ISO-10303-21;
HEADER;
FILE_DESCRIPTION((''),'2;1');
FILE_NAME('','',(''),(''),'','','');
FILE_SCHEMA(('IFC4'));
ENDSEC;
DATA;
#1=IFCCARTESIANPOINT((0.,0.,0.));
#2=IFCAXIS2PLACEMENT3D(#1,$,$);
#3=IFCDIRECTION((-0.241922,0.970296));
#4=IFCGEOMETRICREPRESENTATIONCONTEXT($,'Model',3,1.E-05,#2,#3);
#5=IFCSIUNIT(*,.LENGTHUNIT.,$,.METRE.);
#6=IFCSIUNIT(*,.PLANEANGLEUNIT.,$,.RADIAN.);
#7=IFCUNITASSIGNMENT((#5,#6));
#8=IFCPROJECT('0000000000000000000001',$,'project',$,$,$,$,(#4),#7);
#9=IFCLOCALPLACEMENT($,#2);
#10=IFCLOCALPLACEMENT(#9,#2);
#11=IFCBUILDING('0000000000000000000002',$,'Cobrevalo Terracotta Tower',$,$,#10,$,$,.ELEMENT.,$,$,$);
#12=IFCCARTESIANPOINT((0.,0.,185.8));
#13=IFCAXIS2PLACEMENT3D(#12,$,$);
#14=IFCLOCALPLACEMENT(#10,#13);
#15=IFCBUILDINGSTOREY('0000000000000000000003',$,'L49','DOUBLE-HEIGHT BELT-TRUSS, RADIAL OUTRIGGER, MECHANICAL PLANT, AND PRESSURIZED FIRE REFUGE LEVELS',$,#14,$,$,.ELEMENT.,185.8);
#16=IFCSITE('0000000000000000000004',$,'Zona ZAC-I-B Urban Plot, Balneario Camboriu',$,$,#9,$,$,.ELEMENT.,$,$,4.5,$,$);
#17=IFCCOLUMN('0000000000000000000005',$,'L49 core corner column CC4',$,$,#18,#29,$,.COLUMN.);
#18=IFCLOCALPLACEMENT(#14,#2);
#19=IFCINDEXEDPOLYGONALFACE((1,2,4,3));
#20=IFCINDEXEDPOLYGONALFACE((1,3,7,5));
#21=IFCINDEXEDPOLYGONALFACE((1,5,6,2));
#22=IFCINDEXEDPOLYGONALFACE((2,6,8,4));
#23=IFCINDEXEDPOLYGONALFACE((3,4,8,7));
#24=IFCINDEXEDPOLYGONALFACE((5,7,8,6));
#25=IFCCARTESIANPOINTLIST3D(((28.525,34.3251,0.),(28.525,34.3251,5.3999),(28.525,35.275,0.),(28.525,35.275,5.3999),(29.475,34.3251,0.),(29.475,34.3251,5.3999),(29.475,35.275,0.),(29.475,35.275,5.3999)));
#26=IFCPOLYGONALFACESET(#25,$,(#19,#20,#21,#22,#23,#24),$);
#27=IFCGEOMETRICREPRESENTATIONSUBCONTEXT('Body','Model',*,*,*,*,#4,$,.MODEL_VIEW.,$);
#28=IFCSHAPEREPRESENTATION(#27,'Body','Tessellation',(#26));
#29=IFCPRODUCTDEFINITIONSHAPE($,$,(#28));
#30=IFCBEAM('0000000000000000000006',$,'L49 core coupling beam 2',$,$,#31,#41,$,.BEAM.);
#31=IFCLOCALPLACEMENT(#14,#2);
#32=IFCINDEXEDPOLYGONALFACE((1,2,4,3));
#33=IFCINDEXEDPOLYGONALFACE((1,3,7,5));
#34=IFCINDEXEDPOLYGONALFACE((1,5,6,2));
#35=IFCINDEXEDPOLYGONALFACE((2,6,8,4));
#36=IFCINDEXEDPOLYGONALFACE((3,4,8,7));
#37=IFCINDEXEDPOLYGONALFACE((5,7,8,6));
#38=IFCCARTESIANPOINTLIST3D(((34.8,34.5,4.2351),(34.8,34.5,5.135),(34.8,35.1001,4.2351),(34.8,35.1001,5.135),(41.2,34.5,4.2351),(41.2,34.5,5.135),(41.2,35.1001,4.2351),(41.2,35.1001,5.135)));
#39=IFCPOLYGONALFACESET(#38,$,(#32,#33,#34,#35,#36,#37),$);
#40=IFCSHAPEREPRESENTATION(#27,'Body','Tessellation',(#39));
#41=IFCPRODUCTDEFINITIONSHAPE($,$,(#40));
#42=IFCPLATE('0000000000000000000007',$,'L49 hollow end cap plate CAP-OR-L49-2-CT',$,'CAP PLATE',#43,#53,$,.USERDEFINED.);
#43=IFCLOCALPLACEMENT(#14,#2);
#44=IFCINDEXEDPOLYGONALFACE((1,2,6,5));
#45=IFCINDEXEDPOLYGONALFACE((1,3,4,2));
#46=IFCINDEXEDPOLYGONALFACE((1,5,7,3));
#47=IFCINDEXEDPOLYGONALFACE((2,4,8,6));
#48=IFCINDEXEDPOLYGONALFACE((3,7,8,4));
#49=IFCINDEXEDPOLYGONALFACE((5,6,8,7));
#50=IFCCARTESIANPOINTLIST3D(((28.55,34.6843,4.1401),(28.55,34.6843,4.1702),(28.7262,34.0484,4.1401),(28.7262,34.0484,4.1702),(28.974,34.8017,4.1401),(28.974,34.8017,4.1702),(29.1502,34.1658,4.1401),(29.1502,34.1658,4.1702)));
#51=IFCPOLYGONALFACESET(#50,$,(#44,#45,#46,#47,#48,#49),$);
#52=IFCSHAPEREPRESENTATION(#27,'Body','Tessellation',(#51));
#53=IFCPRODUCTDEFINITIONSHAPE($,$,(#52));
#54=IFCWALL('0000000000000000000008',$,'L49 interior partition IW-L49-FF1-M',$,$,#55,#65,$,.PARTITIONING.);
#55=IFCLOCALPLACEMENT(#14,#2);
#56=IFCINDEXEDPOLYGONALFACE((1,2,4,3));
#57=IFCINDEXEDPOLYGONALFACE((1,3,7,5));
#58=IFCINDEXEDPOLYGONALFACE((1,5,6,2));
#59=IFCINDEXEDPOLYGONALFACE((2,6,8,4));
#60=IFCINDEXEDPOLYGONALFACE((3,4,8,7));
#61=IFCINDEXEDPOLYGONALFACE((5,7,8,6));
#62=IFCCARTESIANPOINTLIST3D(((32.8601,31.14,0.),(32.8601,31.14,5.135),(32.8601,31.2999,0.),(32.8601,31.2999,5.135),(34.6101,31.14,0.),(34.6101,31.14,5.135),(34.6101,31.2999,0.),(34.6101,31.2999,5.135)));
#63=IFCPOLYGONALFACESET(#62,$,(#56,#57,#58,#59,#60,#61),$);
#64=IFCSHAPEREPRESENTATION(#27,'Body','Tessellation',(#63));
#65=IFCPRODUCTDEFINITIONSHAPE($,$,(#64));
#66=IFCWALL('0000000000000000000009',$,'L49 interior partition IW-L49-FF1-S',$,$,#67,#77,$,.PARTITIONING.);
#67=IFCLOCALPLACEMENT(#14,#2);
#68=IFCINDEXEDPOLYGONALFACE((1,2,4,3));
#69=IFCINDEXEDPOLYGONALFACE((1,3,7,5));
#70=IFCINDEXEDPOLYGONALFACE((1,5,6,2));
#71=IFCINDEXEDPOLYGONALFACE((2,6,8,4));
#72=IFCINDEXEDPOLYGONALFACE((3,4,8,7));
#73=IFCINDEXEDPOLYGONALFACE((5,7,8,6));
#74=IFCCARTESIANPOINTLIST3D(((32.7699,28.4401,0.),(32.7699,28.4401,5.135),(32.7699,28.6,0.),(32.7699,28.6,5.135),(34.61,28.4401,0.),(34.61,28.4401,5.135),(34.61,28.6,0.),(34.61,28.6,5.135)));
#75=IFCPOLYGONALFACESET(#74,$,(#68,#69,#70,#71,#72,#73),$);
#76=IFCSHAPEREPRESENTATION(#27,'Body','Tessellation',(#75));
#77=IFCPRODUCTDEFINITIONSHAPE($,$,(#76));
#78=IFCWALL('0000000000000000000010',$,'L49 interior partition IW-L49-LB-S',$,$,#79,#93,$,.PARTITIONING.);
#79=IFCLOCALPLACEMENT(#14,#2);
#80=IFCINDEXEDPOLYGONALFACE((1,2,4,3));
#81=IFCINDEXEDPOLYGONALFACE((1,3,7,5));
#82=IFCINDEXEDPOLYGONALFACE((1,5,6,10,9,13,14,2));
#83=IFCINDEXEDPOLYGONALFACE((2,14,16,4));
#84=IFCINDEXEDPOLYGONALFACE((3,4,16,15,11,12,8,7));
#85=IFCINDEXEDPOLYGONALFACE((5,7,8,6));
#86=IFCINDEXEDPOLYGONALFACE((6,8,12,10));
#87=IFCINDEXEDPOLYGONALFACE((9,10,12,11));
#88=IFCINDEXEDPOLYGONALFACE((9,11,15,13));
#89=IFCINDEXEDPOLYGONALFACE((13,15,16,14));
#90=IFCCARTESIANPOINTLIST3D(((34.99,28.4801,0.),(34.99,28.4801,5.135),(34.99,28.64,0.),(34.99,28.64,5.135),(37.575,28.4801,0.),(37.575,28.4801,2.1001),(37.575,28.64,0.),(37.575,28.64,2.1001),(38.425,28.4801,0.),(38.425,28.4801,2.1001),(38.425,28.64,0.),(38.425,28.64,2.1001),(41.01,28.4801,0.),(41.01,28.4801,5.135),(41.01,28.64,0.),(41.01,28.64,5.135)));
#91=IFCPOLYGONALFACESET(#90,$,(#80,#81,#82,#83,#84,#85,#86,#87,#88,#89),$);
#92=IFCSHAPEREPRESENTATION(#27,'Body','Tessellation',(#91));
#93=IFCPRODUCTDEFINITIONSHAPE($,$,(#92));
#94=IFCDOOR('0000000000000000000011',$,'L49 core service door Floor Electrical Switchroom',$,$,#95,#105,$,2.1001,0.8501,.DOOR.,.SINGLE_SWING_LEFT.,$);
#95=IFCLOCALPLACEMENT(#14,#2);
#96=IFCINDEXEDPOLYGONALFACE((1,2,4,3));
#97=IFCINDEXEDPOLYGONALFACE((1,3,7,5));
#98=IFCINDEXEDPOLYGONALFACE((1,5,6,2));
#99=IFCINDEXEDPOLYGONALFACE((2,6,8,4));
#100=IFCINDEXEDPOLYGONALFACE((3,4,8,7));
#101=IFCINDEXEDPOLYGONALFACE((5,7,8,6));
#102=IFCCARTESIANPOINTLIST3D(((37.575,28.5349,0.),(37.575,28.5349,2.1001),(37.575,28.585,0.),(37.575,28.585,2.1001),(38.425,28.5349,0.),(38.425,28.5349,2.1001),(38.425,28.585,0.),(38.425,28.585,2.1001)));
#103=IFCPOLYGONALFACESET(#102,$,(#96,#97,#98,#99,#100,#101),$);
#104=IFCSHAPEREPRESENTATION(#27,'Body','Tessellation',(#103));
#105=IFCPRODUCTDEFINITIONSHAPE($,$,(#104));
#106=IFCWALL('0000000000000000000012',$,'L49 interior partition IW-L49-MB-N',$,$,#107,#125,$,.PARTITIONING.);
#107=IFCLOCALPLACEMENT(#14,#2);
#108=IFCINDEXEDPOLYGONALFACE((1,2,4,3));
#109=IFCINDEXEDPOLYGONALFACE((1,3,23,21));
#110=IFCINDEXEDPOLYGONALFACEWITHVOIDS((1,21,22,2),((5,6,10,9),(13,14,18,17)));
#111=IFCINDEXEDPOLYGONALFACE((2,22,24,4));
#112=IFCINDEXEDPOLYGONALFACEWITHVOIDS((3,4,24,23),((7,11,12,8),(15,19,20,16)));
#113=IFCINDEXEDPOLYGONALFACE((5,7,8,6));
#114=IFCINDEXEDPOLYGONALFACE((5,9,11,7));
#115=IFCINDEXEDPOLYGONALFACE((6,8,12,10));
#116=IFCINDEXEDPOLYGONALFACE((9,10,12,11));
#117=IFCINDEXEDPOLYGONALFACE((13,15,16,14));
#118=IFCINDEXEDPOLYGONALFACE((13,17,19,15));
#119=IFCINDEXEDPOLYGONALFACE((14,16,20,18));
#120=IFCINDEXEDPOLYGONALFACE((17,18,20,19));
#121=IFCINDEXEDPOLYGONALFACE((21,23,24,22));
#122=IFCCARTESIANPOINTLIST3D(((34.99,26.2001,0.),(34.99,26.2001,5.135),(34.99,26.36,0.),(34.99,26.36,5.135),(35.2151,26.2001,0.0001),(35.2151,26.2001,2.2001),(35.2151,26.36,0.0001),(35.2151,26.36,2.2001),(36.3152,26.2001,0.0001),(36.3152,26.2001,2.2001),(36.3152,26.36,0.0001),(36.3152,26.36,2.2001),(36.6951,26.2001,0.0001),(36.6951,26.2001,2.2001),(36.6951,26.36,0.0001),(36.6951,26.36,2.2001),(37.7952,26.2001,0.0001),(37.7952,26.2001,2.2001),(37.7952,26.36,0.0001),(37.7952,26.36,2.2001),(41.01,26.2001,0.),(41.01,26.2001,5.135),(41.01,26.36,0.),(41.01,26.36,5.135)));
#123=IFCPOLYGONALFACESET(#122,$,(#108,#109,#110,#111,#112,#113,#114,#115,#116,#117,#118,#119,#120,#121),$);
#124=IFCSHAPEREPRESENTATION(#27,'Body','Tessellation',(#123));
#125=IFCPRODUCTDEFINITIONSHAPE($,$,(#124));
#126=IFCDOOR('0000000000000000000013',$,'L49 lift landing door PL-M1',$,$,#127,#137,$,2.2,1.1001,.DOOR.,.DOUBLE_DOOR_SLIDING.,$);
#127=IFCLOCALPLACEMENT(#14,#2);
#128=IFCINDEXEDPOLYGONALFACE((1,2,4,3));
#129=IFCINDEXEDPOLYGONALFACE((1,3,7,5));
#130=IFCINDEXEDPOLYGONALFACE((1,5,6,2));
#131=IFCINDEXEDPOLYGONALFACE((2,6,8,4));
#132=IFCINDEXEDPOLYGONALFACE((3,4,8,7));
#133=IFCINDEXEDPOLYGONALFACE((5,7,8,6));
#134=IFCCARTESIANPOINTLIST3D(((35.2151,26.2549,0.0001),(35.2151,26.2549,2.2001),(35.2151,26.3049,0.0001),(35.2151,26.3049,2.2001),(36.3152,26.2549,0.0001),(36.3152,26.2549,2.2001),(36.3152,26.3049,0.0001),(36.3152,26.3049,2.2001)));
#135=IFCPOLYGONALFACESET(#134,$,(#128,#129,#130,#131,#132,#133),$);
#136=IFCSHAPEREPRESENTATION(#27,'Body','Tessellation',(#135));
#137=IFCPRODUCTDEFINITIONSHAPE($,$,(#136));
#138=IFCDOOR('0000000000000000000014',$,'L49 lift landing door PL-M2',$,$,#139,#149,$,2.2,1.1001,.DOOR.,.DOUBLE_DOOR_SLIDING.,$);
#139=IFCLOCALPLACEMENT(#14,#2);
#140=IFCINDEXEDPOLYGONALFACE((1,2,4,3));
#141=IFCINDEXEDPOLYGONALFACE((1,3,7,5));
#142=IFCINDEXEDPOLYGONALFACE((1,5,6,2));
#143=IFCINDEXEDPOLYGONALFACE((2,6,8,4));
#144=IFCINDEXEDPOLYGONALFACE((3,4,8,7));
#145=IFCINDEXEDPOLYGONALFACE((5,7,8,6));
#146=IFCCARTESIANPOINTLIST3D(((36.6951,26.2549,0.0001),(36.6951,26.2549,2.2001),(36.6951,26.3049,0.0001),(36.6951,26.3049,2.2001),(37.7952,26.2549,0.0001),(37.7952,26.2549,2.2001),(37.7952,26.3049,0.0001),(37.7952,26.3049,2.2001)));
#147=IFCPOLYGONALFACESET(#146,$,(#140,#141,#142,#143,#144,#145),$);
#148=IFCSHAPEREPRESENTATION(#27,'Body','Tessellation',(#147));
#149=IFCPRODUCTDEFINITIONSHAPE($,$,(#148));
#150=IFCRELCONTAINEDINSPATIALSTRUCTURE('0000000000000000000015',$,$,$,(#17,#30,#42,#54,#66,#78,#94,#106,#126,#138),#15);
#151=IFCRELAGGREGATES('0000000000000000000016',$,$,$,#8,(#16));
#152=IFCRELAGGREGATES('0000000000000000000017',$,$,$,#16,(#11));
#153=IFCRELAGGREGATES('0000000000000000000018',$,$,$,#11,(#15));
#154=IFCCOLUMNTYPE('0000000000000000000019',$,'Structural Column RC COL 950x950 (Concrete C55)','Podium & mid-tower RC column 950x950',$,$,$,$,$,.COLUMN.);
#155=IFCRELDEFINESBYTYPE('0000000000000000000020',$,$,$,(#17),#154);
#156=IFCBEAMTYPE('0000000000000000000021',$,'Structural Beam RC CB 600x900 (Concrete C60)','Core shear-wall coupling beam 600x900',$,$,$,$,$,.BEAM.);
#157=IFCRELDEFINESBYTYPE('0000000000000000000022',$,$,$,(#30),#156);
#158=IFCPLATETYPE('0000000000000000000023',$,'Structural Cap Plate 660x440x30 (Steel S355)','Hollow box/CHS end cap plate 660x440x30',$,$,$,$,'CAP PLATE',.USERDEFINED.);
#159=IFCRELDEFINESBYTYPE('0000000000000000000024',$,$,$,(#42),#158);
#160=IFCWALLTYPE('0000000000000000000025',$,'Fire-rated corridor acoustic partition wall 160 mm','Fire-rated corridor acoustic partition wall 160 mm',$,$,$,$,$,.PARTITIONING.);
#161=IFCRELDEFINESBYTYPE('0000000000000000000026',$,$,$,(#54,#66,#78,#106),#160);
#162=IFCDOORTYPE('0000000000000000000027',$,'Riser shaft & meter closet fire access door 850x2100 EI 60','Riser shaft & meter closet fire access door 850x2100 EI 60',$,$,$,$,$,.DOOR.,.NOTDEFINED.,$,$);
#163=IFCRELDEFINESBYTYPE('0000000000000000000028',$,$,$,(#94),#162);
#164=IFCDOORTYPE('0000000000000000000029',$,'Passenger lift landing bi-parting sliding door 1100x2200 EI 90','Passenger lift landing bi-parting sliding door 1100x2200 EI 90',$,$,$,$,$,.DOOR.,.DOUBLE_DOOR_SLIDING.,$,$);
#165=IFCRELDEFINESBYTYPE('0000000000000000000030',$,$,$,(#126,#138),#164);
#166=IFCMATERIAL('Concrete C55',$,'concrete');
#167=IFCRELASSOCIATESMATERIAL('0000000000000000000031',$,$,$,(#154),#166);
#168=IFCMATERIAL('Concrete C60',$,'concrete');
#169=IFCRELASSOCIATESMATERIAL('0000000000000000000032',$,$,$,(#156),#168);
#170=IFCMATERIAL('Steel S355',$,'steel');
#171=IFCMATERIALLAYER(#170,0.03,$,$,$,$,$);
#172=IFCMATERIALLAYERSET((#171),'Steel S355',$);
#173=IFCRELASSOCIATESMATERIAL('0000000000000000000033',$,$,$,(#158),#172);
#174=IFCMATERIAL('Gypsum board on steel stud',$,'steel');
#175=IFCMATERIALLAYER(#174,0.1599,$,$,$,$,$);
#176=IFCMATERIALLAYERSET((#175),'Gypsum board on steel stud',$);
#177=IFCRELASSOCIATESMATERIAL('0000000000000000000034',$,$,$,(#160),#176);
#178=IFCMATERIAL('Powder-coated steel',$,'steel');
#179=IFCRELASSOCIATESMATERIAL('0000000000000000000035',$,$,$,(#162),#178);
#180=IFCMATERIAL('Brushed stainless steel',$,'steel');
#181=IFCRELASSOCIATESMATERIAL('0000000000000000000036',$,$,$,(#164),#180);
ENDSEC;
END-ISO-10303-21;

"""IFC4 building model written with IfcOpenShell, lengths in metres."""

from ifc_helpers import new_model, si_unit, direction, frame, frame_2d, origin, origin_2d, place, context, subcontext, project, spatial, rectangle, extrude, source, transform, mapped, material, layer, layer_set, material_profile, profile_set, type_object, element, fill, save


model = new_model("IFC4")

# Units and contexts
model_context = context("Model", 3, precision=1e-05, world=origin(), true_north=direction((-0.241922, 0.970296)))
body_context = subcontext(model_context, "Body", "Model", "MODEL_VIEW")
ifc_project = project(units=[si_unit("LENGTHUNIT", "METRE"), si_unit("PLANEANGLEUNIT", "RADIAN")], contexts=[model_context])

# Site, building, storey
site_placement = place(None, origin())
site = spatial("IfcSite", under=ifc_project, at=site_placement, Name="Zona ZAC-I-B Urban Plot, Balneario Camboriu", CompositionType="ELEMENT", RefElevation=4.5)
building_placement = place(site_placement, origin())
building = spatial("IfcBuilding", under=site, at=building_placement, Name="Cobrevalo Terracotta Tower", CompositionType="ELEMENT")
storey_placement = place(building_placement, frame((0.0, 0.0, 185.8)))
storey = spatial("IfcBuildingStorey", under=building, at=storey_placement, Name="L49", Description="DOUBLE-HEIGHT BELT-TRUSS, RADIAL OUTRIGGER, MECHANICAL PLANT, AND PRESSURIZED FIRE REFUGE LEVELS", CompositionType="ELEMENT", Elevation=185.8)

# Column
ifc_material_1 = material(Name="Concrete C55", Category="concrete")
ifc_material_profile_1 = material_profile(ifc_material_1, rectangle(XDim=0.95, YDim=0.95, at=origin_2d()), Name="RC COL 950x950")
ifc_profile_set_1 = profile_set([ifc_material_profile_1], Name="Concrete C55")
column_type = type_object("IfcColumnType", Name="Structural Column RC COL 950x950 (Concrete C55)", Description="Podium & mid-tower RC column 950x950", PredefinedType="COLUMN", material=ifc_profile_set_1)
column_placement = place(storey_placement, frame((29.0, 34.8, 0.0), z_axis=(0.0, 0.0, 1.0), x_axis=(1.0, 0.0, 0.0)))
element("IfcColumn", 1, at=column_placement, inside=storey, type_object=column_type, Name="L49 core corner column CC4", PredefinedType="COLUMN", context=body_context, shape_type="SweptSolid", body=[
    extrude(rectangle(XDim=0.95, YDim=0.95, at=origin_2d()), origin(), (0.0, 0.0, 1.0), 5.3999),
])

# Beam
ifc_material_2 = material(Name="Concrete C60", Category="concrete")
ifc_material_profile_2 = material_profile(ifc_material_2, rectangle(XDim=0.6001, YDim=0.8999, at=origin_2d()), Name="RC CB 600x900")
ifc_profile_set_2 = profile_set([ifc_material_profile_2], Name="Concrete C60")
beam_type = type_object("IfcBeamType", Name="Structural Beam RC CB 600x900 (Concrete C60)", Description="Core shear-wall coupling beam 600x900", PredefinedType="BEAM", material=ifc_profile_set_2)
beam_placement = place(storey_placement, frame((34.8, 34.8, 4.6851), z_axis=(1.0, 0.0, 0.0), x_axis=(0.0, 1.0, 0.0)))
element("IfcBeam", 2, at=beam_placement, inside=storey, type_object=beam_type, Name="L49 core coupling beam 2", PredefinedType="BEAM", context=body_context, shape_type="SweptSolid", body=[
    extrude(rectangle(XDim=0.6001, YDim=0.8999, at=origin_2d()), origin(), (0.0, 0.0, 1.0), 6.3999),
])

# Plate
ifc_material_3 = material(Name="Steel S355", Category="steel")
ifc_layer_1 = layer(ifc_material_3, 0.03)
ifc_layer_set_1 = layer_set([ifc_layer_1], Name="Steel S355")
plate_type = type_object("IfcPlateType", Name="Structural Cap Plate 660x440x30 (Steel S355)", Description="Hollow box/CHS end cap plate 660x440x30", ElementType="CAP PLATE", PredefinedType="USERDEFINED", material=ifc_layer_set_1)
shared_shape_1 = source(origin(), body_context, "Body", "SweptSolid", [
    extrude(rectangle(XDim=0.6599, YDim=0.4399, at=origin_2d()), origin(), (0.0, 0.0, 1.0), 0.03),
])
plate_placement = place(storey_placement, frame((28.8501, 34.425, 4.1401), z_axis=(0.0, 0.0, 1.0), x_axis=(-0.266904, 0.963723, 0.0)))
element("IfcPlate", 3, at=plate_placement, inside=storey, type_object=plate_type, Name="L49 hollow end cap plate CAP-OR-L49-2-CT", ObjectType="CAP PLATE", PredefinedType="USERDEFINED", context=body_context, shape_type="MappedRepresentation", body=[
    mapped(shared_shape_1, transform((0.0, 0.0, 0.0), scale=1.0)),
])

# Walls
ifc_material_4 = material(Name="Gypsum board on steel stud", Category="steel")
ifc_layer_2 = layer(ifc_material_4, 0.1599)
ifc_layer_set_2 = layer_set([ifc_layer_2], Name="Gypsum board on steel stud")
wall_type_1 = type_object("IfcWallType", Name="Fire-rated corridor acoustic partition wall 160 mm", Description="Fire-rated corridor acoustic partition wall 160 mm", PredefinedType="PARTITIONING", material=ifc_layer_set_2)
wall_1_placement = place(storey_placement, frame((32.8601, 31.22, 0.0), z_axis=(0.0, 0.0, 1.0), x_axis=(1.0, 0.0, 0.0)))
element("IfcWall", 4, at=wall_1_placement, inside=storey, type_object=wall_type_1, Name="L49 interior partition IW-L49-FF1-M", PredefinedType="PARTITIONING", context=body_context, shape_type="SweptSolid", body=[
    extrude(rectangle(XDim=1.75, YDim=0.1599, at=frame_2d((0.875, 0.0))), origin(), (0.0, 0.0, 1.0), 5.135),
])
wall_2_placement = place(storey_placement, frame((32.77, 28.52, 0.0), z_axis=(0.0, 0.0, 1.0), x_axis=(1.0, 0.0, 0.0)))
element("IfcWall", 5, at=wall_2_placement, inside=storey, type_object=wall_type_1, Name="L49 interior partition IW-L49-FF1-S", PredefinedType="PARTITIONING", context=body_context, shape_type="SweptSolid", body=[
    extrude(rectangle(XDim=1.8401, YDim=0.1599, at=frame_2d((0.9199, 0.0))), origin(), (0.0, 0.0, 1.0), 5.135),
])

# Wall, opening, door
wall_3_placement = place(storey_placement, frame((34.99, 28.5601, 0.0), z_axis=(0.0, 0.0, 1.0), x_axis=(1.0, 0.0, 0.0)))
wall_3 = element("IfcWall", 6, at=wall_3_placement, inside=storey, type_object=wall_type_1, Name="L49 interior partition IW-L49-LB-S", PredefinedType="PARTITIONING", context=body_context, shape_type="SweptSolid", body=[
    extrude(rectangle(XDim=6.02, YDim=0.1599, at=frame_2d((3.01, 0.0))), origin(), (0.0, 0.0, 1.0), 5.135),
])
opening_1_placement = place(wall_3_placement, frame((2.585, 0.0, 0.0)))
opening_1 = element("IfcOpeningElement", 7, at=opening_1_placement, cuts=wall_3, PredefinedType="OPENING", context=body_context, shape_type="SweptSolid", body=[
    extrude(rectangle(XDim=0.8501, YDim=2.1001, at=frame_2d((0.425, 1.05))), frame((0.0, 0.0898, 0.0), z_axis=(0.0, -1.0, 0.0), x_axis=(1.0, 0.0, 0.0)), (0.0, 0.0, 1.0), 0.1799),
])
ifc_material_5 = material(Name="Powder-coated steel", Category="steel")
door_type_1 = type_object("IfcDoorType", Name="Riser shaft & meter closet fire access door 850x2100 EI 60", Description="Riser shaft & meter closet fire access door 850x2100 EI 60", OperationType="NOTDEFINED", PredefinedType="DOOR", material=ifc_material_5)
shared_shape_2 = source(origin(), body_context, "Body", "SweptSolid", [
    extrude(rectangle(XDim=0.8501, YDim=2.1001, at=frame_2d((0.425, 1.05))), frame((0.0, 0.0249, 0.0), z_axis=(0.0, -1.0, 0.0), x_axis=(1.0, 0.0, 0.0)), (0.0, 0.0, 1.0), 0.05),
])
door_1_placement = place(opening_1_placement, origin())
door_1 = element("IfcDoor", 8, at=door_1_placement, inside=storey, type_object=door_type_1, Name="L49 core service door Floor Electrical Switchroom", OperationType="SINGLE_SWING_LEFT", OverallHeight=2.1001, OverallWidth=0.8501, PredefinedType="DOOR", context=body_context, shape_type="MappedRepresentation", body=[
    mapped(shared_shape_2, transform((0.0, 0.0, 0.0), scale=1.0)),
])
fill(opening_1, door_1)

# Wall, openings, doors
wall_4_placement = place(storey_placement, frame((34.99, 26.28, 0.0), z_axis=(0.0, 0.0, 1.0), x_axis=(1.0, 0.0, 0.0)))
wall_4 = element("IfcWall", 9, at=wall_4_placement, inside=storey, type_object=wall_type_1, Name="L49 interior partition IW-L49-MB-N", PredefinedType="PARTITIONING", context=body_context, shape_type="SweptSolid", body=[
    extrude(rectangle(XDim=6.02, YDim=0.1599, at=frame_2d((3.01, 0.0))), origin(), (0.0, 0.0, 1.0), 5.135),
])
opening_2_placement = place(wall_4_placement, frame((0.2251, 0.0, 0.0)))
opening_2 = element("IfcOpeningElement", 10, at=opening_2_placement, cuts=wall_4, PredefinedType="OPENING", context=body_context, shape_type="SweptSolid", body=[
    extrude(rectangle(XDim=1.1001, YDim=2.2, at=frame_2d((0.55, 1.1001))), frame((0.0, 0.0898, 0.0), z_axis=(0.0, -1.0, 0.0), x_axis=(1.0, 0.0, 0.0)), (0.0, 0.0, 1.0), 0.1799),
])
opening_3_placement = place(wall_4_placement, frame((1.7051, 0.0, 0.0)))
opening_3 = element("IfcOpeningElement", 11, at=opening_3_placement, cuts=wall_4, PredefinedType="OPENING", context=body_context, shape_type="SweptSolid", body=[
    extrude(rectangle(XDim=1.1001, YDim=2.2, at=frame_2d((0.55, 1.1001))), frame((0.0, 0.0898, 0.0), z_axis=(0.0, -1.0, 0.0), x_axis=(1.0, 0.0, 0.0)), (0.0, 0.0, 1.0), 0.1799),
])
ifc_material_6 = material(Name="Brushed stainless steel", Category="steel")
door_type_2 = type_object("IfcDoorType", Name="Passenger lift landing bi-parting sliding door 1100x2200 EI 90", Description="Passenger lift landing bi-parting sliding door 1100x2200 EI 90", OperationType="DOUBLE_DOOR_SLIDING", PredefinedType="DOOR", material=ifc_material_6)
shared_shape_3 = source(origin(), body_context, "Body", "SweptSolid", [
    extrude(rectangle(XDim=1.1001, YDim=2.2, at=frame_2d((0.55, 1.1001))), frame((0.0, 0.0249, 0.0), z_axis=(0.0, -1.0, 0.0), x_axis=(1.0, 0.0, 0.0)), (0.0, 0.0, 1.0), 0.05),
])
door_2_placement = place(opening_2_placement, origin())
door_2 = element("IfcDoor", 12, at=door_2_placement, inside=storey, type_object=door_type_2, Name="L49 lift landing door PL-M1", OperationType="DOUBLE_DOOR_SLIDING", OverallHeight=2.2, OverallWidth=1.1001, PredefinedType="DOOR", context=body_context, shape_type="MappedRepresentation", body=[
    mapped(shared_shape_3, transform((0.0, 0.0, 0.0), scale=1.0)),
])
fill(opening_2, door_2)
door_3_placement = place(opening_3_placement, origin())
door_3 = element("IfcDoor", 13, at=door_3_placement, inside=storey, type_object=door_type_2, Name="L49 lift landing door PL-M2", OperationType="DOUBLE_DOOR_SLIDING", OverallHeight=2.2, OverallWidth=1.1001, PredefinedType="DOOR", context=body_context, shape_type="MappedRepresentation", body=[
    mapped(shared_shape_3, transform((0.0, 0.0, 0.0), scale=1.0)),
])
fill(opening_3, door_3)

save(model, "model.ifc")
